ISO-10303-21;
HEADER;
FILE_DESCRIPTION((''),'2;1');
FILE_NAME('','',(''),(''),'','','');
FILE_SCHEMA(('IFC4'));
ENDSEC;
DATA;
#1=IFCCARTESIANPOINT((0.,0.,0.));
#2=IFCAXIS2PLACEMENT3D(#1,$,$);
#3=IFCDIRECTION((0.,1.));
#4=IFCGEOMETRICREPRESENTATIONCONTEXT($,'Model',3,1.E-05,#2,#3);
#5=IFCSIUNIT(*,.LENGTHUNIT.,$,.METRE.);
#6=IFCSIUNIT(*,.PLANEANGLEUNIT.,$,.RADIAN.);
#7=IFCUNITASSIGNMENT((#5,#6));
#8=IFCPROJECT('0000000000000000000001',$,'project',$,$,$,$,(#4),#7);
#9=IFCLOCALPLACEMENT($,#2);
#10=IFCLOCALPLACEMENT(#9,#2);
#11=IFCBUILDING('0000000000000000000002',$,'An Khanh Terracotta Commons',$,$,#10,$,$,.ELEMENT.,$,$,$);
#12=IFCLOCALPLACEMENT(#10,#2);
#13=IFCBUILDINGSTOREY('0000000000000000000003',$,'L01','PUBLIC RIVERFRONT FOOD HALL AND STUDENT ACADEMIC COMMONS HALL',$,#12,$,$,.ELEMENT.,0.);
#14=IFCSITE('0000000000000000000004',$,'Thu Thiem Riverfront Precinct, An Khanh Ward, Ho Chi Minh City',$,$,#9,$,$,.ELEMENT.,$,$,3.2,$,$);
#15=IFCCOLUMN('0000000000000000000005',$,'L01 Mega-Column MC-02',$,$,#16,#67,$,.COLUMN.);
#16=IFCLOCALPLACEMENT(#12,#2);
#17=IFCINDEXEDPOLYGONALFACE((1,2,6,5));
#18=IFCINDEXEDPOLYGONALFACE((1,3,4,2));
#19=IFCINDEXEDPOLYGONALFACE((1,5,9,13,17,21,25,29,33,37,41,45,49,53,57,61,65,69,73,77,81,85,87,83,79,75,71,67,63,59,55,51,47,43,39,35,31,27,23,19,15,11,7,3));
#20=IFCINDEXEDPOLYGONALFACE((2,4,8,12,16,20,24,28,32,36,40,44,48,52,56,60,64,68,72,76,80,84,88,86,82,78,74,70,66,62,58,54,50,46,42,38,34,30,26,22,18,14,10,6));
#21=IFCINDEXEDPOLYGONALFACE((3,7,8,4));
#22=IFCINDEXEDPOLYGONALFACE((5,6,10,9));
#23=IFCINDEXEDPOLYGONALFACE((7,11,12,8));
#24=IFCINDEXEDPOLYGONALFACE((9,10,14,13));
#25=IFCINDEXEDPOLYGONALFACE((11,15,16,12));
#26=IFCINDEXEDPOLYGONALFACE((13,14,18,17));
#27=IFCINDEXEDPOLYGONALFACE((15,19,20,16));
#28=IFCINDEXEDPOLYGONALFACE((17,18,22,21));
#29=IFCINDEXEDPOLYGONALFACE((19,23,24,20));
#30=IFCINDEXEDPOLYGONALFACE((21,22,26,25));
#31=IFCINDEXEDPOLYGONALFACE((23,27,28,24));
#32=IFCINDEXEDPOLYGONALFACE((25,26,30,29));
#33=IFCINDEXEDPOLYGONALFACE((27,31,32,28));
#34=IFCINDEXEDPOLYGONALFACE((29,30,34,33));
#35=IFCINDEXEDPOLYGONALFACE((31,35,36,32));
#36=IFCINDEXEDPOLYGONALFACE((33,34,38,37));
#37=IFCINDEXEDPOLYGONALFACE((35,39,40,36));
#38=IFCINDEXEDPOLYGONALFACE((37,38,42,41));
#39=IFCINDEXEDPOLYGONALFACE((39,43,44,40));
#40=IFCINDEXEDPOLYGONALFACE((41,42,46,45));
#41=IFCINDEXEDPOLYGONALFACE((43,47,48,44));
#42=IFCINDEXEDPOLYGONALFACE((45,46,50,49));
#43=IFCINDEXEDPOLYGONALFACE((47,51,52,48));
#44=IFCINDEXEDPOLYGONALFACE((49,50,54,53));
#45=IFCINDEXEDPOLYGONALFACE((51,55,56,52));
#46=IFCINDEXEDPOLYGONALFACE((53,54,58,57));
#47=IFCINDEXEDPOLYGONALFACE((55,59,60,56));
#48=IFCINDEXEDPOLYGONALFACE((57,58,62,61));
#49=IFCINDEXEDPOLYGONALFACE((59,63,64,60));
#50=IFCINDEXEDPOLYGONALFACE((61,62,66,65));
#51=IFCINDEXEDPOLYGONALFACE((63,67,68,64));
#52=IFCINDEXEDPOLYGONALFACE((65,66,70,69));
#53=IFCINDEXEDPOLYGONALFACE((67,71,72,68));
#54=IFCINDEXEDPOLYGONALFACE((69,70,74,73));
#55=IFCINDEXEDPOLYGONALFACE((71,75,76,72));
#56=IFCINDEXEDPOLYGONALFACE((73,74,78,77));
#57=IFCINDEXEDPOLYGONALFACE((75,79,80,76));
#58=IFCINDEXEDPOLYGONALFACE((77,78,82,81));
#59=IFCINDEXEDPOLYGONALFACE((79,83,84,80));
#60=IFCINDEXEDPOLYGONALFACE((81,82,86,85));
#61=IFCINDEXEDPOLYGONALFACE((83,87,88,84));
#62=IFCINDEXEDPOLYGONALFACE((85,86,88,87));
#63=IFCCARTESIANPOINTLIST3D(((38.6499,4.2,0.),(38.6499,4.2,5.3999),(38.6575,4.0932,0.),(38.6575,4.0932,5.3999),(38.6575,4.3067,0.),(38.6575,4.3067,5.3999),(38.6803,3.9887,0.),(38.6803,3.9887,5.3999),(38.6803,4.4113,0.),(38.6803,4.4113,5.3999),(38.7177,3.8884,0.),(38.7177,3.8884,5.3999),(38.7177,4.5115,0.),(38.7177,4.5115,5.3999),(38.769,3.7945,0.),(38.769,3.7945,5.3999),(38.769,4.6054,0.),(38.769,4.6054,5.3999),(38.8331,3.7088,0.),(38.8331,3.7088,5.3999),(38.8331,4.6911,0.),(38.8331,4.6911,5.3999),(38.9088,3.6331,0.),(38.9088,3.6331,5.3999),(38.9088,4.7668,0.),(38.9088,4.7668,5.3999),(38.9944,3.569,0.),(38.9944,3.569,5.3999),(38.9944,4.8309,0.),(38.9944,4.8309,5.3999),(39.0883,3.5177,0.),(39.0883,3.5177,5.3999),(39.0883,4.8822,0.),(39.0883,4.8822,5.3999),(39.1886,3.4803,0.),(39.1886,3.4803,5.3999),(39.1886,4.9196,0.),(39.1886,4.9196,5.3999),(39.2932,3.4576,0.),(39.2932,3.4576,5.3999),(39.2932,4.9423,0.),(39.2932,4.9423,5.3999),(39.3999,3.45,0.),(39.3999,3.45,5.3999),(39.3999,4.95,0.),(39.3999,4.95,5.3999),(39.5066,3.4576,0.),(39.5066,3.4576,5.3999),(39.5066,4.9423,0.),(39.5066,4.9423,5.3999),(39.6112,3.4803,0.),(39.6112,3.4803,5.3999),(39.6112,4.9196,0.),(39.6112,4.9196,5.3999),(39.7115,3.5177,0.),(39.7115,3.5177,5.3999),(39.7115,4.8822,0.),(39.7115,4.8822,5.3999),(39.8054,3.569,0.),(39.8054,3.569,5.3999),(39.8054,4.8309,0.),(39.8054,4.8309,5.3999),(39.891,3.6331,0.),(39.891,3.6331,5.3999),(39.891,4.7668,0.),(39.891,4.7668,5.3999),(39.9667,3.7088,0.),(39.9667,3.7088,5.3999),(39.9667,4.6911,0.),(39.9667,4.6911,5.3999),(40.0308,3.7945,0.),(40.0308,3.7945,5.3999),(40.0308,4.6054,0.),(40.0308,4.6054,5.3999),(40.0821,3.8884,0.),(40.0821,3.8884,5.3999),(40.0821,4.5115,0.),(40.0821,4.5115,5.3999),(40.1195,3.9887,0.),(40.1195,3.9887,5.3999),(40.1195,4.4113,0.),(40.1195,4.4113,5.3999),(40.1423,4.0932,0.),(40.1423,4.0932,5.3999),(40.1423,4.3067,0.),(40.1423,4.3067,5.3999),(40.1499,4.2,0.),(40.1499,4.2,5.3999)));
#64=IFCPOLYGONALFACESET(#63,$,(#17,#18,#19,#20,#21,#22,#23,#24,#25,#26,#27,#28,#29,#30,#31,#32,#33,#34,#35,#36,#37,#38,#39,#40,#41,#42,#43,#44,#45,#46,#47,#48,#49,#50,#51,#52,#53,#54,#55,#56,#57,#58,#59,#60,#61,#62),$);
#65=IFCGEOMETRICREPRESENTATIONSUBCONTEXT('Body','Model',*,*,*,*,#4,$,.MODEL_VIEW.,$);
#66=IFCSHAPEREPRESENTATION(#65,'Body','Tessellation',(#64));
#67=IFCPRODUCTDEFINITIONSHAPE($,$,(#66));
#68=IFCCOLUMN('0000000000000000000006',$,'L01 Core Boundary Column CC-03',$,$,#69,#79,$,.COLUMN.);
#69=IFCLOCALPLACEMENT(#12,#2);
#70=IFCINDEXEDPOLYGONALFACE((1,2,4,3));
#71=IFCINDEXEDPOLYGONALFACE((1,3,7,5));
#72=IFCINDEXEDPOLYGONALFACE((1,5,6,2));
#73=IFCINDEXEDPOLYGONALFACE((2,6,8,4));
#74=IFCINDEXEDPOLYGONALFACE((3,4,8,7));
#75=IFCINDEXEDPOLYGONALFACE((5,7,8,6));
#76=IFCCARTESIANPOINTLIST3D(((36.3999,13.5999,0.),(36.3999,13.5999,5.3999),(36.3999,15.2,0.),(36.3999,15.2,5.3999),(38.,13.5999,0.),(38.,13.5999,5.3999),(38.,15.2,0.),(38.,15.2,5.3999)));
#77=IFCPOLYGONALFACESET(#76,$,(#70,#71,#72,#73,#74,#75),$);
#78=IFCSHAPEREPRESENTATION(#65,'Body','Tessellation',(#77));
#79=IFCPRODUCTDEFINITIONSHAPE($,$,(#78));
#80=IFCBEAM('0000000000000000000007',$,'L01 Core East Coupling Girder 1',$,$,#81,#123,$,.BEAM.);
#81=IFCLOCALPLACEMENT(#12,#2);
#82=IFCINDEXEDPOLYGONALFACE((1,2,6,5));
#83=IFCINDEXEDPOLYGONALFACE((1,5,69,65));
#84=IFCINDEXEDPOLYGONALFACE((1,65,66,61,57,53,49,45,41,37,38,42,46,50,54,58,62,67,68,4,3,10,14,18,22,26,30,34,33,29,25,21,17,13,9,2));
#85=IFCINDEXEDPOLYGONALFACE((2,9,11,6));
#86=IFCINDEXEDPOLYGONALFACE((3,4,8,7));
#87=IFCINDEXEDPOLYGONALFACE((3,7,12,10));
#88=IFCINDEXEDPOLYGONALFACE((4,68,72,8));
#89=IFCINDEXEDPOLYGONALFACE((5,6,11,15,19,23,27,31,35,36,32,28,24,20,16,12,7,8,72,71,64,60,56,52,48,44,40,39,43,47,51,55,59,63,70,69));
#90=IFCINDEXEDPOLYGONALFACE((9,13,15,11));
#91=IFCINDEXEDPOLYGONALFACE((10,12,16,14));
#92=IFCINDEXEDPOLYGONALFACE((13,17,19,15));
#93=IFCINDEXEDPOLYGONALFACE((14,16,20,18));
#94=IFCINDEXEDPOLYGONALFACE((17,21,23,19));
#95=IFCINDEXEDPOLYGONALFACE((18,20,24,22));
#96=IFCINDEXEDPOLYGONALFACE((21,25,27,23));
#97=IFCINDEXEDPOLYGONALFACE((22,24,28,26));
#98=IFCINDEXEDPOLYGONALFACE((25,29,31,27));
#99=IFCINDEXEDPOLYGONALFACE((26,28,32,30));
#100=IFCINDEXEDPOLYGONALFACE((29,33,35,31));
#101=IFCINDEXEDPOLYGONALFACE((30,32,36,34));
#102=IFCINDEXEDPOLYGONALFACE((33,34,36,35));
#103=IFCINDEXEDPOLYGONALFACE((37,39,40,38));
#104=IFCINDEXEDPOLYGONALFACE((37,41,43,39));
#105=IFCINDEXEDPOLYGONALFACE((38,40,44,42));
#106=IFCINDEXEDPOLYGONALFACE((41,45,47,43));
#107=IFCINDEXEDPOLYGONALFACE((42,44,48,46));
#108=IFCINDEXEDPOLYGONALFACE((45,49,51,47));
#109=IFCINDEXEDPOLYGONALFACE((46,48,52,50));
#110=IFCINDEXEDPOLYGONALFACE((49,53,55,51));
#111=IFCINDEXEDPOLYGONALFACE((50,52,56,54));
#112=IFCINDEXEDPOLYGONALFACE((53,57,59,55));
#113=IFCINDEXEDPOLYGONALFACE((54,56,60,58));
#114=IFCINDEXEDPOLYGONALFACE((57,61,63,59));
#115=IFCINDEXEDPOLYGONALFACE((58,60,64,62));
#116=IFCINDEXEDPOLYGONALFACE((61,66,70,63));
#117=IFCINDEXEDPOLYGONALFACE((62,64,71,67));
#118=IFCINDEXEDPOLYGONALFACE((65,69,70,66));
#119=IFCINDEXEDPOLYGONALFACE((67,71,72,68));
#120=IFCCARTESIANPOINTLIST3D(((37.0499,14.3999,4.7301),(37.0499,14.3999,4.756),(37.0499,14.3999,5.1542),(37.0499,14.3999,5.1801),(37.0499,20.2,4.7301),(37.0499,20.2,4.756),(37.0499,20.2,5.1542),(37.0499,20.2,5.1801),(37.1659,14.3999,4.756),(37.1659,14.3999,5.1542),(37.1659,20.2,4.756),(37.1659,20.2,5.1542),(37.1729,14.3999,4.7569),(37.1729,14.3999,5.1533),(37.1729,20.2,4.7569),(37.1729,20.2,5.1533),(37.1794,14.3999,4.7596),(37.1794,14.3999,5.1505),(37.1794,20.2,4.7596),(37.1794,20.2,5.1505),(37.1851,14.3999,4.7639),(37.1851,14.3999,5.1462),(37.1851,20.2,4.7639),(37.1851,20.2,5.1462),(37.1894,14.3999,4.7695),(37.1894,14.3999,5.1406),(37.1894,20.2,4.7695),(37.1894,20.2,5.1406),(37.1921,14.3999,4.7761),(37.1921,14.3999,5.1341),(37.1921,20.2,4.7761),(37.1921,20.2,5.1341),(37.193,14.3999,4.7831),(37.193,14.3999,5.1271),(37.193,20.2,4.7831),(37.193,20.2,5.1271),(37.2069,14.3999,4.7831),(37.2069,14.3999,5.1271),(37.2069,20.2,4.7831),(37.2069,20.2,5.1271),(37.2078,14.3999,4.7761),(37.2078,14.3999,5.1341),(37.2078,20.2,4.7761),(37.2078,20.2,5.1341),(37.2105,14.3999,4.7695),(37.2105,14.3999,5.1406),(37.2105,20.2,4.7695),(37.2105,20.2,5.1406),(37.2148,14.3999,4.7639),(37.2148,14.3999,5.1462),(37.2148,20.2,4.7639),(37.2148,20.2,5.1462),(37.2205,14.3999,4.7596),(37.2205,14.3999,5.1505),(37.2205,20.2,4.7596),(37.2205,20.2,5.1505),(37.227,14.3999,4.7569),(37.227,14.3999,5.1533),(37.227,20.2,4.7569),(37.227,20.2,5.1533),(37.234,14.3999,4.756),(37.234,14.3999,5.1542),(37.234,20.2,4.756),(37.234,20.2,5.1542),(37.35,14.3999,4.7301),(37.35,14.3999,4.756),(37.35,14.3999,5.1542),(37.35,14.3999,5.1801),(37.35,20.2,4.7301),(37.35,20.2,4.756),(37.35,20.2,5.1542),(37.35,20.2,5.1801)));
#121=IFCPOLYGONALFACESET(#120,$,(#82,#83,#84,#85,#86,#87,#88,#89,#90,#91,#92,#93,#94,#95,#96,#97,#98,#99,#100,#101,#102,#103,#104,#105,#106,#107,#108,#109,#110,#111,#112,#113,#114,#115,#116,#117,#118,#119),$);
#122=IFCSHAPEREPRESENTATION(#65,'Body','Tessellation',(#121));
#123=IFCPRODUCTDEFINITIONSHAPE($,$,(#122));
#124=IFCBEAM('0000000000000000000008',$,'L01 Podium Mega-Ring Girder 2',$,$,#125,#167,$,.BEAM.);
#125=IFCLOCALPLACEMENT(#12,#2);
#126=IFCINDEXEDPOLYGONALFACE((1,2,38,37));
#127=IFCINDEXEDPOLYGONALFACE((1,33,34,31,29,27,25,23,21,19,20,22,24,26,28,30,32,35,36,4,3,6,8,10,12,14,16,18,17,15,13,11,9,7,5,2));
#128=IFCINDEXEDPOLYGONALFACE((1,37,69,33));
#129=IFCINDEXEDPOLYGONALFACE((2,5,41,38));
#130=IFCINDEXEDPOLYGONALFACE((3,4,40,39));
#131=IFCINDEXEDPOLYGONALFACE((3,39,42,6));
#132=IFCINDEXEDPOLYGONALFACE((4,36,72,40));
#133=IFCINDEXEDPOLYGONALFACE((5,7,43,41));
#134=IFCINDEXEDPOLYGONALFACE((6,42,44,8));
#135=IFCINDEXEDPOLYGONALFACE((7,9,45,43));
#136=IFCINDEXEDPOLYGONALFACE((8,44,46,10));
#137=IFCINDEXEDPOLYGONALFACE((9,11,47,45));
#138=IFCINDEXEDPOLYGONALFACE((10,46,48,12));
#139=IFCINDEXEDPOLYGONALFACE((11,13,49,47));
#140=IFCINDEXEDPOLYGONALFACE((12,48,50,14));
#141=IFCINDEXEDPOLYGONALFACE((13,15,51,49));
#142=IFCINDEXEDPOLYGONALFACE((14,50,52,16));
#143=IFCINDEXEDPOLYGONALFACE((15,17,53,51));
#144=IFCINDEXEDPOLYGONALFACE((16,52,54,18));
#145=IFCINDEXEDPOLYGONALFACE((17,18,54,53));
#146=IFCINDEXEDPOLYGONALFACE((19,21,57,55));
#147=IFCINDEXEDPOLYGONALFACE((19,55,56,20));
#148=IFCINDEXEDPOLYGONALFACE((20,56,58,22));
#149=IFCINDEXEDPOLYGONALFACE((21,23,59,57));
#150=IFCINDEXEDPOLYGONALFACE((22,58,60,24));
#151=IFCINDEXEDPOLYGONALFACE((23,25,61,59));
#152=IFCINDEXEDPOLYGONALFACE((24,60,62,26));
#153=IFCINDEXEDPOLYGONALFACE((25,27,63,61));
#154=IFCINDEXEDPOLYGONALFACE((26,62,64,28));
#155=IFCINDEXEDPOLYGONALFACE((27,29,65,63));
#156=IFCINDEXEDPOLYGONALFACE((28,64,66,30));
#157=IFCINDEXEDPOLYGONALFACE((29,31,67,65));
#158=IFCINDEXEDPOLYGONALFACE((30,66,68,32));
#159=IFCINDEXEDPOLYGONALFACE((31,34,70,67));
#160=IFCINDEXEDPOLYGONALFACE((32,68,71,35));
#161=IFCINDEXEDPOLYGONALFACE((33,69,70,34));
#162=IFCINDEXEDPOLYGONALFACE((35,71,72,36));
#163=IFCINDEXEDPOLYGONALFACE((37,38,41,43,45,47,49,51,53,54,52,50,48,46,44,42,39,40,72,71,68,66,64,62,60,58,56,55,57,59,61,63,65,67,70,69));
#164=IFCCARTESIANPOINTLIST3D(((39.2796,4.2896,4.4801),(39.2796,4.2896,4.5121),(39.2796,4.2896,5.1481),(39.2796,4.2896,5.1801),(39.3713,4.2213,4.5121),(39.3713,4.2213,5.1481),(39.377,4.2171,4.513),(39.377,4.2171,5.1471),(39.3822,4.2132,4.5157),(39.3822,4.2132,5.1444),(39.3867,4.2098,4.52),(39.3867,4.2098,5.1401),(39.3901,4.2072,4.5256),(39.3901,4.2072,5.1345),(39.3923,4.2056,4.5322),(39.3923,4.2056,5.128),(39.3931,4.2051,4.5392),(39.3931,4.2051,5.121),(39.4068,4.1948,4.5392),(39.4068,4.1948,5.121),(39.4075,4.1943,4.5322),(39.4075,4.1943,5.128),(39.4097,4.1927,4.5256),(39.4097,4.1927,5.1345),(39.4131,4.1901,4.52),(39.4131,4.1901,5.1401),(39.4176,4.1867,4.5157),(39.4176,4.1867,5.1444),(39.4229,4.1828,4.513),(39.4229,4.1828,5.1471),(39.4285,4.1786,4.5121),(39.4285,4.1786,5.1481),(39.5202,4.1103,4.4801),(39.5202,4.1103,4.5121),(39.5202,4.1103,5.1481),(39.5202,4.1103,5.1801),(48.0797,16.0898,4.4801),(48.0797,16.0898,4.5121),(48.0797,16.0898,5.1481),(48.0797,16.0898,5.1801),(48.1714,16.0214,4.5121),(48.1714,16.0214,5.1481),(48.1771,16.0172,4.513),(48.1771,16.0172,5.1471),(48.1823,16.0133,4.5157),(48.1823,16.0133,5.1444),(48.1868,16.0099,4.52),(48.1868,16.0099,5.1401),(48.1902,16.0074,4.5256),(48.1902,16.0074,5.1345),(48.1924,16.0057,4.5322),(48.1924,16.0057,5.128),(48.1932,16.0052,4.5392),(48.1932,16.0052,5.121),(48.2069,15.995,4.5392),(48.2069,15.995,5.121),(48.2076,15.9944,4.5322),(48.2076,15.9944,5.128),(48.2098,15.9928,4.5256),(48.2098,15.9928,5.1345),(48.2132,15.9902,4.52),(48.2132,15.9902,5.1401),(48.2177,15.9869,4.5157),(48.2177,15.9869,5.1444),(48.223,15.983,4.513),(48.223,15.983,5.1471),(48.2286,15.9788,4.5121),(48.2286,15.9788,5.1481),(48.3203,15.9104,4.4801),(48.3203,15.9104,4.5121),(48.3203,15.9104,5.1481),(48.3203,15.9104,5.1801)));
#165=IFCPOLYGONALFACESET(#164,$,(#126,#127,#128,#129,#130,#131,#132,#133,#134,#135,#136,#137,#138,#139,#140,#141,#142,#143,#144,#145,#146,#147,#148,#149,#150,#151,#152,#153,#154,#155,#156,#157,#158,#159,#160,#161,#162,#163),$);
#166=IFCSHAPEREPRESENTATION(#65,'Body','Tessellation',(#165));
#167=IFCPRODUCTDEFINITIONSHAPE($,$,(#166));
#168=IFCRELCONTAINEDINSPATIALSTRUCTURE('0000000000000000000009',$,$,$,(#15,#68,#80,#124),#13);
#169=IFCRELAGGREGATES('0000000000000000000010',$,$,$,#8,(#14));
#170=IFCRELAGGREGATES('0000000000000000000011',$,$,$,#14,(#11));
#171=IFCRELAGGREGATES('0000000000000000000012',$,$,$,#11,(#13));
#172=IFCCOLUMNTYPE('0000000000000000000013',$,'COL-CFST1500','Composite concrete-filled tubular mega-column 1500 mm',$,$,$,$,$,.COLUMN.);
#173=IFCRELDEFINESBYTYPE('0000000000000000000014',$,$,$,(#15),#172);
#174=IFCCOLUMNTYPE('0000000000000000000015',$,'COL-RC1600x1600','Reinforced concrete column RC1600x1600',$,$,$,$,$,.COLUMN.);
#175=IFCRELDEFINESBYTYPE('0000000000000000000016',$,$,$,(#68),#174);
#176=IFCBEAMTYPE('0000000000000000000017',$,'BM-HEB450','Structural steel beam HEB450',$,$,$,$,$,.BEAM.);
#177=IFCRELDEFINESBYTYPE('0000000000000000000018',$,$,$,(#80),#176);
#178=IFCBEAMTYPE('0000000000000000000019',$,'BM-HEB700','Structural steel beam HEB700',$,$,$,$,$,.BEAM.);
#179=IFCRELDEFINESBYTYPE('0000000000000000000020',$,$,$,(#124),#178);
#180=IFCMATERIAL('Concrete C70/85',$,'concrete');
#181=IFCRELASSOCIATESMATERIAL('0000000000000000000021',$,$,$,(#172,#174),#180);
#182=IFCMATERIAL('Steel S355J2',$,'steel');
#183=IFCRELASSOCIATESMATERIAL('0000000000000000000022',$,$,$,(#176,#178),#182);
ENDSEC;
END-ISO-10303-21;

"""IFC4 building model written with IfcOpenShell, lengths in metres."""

from ifc_helpers import new_model, si_unit, direction, frame, origin, origin_2d, place, context, subcontext, project, spatial, rectangle, circle, i_section, extrude, material, material_profile, profile_set, type_object, element, save


model = new_model("IFC4")

# Units and contexts
model_context = context("Model", 3, precision=1e-05, world=origin(), true_north=direction((0.0, 1.0)))
body_context = subcontext(model_context, "Body", "Model", "MODEL_VIEW")
ifc_project = project(units=[si_unit("LENGTHUNIT", "METRE"), si_unit("PLANEANGLEUNIT", "RADIAN")], contexts=[model_context])

# Site, building, storey
site_placement = place(None, origin())
site = spatial("IfcSite", under=ifc_project, at=site_placement, Name="Thu Thiem Riverfront Precinct, An Khanh Ward, Ho Chi Minh City", CompositionType="ELEMENT", RefElevation=3.2)
building_placement = place(site_placement, origin())
building = spatial("IfcBuilding", under=site, at=building_placement, Name="An Khanh Terracotta Commons", CompositionType="ELEMENT")
storey_placement = place(building_placement, origin())
storey = spatial("IfcBuildingStorey", under=building, at=storey_placement, Name="L01", Description="PUBLIC RIVERFRONT FOOD HALL AND STUDENT ACADEMIC COMMONS HALL", CompositionType="ELEMENT", Elevation=0.0)

# Columns
ifc_material_1 = material(Name="Concrete C70/85", Category="concrete")
ifc_material_profile_1 = material_profile(ifc_material_1, circle(Radius=0.75, at=origin_2d()), Name="CFST1500")
ifc_profile_set_1 = profile_set([ifc_material_profile_1], Name="Concrete C70/85")
column_type_1 = type_object("IfcColumnType", Name="COL-CFST1500", Description="Composite concrete-filled tubular mega-column 1500 mm", PredefinedType="COLUMN", material=ifc_profile_set_1)
column_1_placement = place(storey_placement, frame((39.3999, 4.2, 0.0), z_axis=(0.0, 0.0, 1.0), x_axis=(1.0, 0.0, 0.0)))
element("IfcColumn", 1, at=column_1_placement, inside=storey, type_object=column_type_1, Name="L01 Mega-Column MC-02", PredefinedType="COLUMN", context=body_context, shape_type="SweptSolid", body=[
    extrude(circle(Radius=0.75, at=origin_2d()), origin(), (0.0, 0.0, 1.0), 5.3999),
])
ifc_material_profile_2 = material_profile(ifc_material_1, rectangle(XDim=1.6001, YDim=1.6001, at=origin_2d()), Name="RC1600x1600")
ifc_profile_set_2 = profile_set([ifc_material_profile_2], Name="Concrete C70/85")
column_type_2 = type_object("IfcColumnType", Name="COL-RC1600x1600", Description="Reinforced concrete column RC1600x1600", PredefinedType="COLUMN", material=ifc_profile_set_2)
column_2_placement = place(storey_placement, frame((37.2, 14.3999, 0.0), z_axis=(0.0, 0.0, 1.0), x_axis=(1.0, 0.0, 0.0)))
element("IfcColumn", 2, at=column_2_placement, inside=storey, type_object=column_type_2, Name="L01 Core Boundary Column CC-03", PredefinedType="COLUMN", context=body_context, shape_type="SweptSolid", body=[
    extrude(rectangle(XDim=1.6001, YDim=1.6001, at=origin_2d()), origin(), (0.0, 0.0, 1.0), 5.3999),
])

# Beams
ifc_material_2 = material(Name="Steel S355J2", Category="steel")
ifc_material_profile_3 = material_profile(ifc_material_2, i_section(OverallWidth=0.3, OverallDepth=0.45, WebThickness=0.0139, FlangeThickness=0.0259, FilletRadius=0.0271, at=origin_2d()), Name="HEB450")
ifc_profile_set_3 = profile_set([ifc_material_profile_3], Name="Steel S355J2")
beam_type_1 = type_object("IfcBeamType", Name="BM-HEB450", Description="Structural steel beam HEB450", PredefinedType="BEAM", material=ifc_profile_set_3)
beam_1_placement = place(storey_placement, frame((37.2, 14.3999, 4.9551), z_axis=(0.0, 1.0, 0.0), x_axis=(-1.0, 0.0, 0.0)))
element("IfcBeam", 3, at=beam_1_placement, inside=storey, type_object=beam_type_1, Name="L01 Core East Coupling Girder 1", PredefinedType="BEAM", context=body_context, shape_type="SweptSolid", body=[
    extrude(i_section(OverallWidth=0.3, OverallDepth=0.45, WebThickness=0.0139, FlangeThickness=0.0259, FilletRadius=0.0271, at=origin_2d()), origin(), (0.0, 0.0, 1.0), 5.8),
])
ifc_material_profile_4 = material_profile(ifc_material_2, i_section(OverallWidth=0.3, OverallDepth=0.7, WebThickness=0.0171, FlangeThickness=0.032, FilletRadius=0.0271, at=origin_2d()), Name="HEB700")
ifc_profile_set_4 = profile_set([ifc_material_profile_4], Name="Steel S355J2")
beam_type_2 = type_object("IfcBeamType", Name="BM-HEB700", Description="Structural steel beam HEB700", PredefinedType="BEAM", material=ifc_profile_set_4)
beam_2_placement = place(storey_placement, frame((39.3999, 4.2, 4.8301), z_axis=(0.597824, 0.801627, 0.0), x_axis=(-0.801627, 0.597824, 0.0)))
element("IfcBeam", 4, at=beam_2_placement, inside=storey, type_object=beam_type_2, Name="L01 Podium Mega-Ring Girder 2", PredefinedType="BEAM", context=body_context, shape_type="SweptSolid", body=[
    extrude(i_section(OverallWidth=0.3, OverallDepth=0.7, WebThickness=0.0171, FlangeThickness=0.032, FilletRadius=0.0271, at=origin_2d()), origin(), (0.0, 0.0, 1.0), 14.7202),
])

save(model, "model.ifc")
